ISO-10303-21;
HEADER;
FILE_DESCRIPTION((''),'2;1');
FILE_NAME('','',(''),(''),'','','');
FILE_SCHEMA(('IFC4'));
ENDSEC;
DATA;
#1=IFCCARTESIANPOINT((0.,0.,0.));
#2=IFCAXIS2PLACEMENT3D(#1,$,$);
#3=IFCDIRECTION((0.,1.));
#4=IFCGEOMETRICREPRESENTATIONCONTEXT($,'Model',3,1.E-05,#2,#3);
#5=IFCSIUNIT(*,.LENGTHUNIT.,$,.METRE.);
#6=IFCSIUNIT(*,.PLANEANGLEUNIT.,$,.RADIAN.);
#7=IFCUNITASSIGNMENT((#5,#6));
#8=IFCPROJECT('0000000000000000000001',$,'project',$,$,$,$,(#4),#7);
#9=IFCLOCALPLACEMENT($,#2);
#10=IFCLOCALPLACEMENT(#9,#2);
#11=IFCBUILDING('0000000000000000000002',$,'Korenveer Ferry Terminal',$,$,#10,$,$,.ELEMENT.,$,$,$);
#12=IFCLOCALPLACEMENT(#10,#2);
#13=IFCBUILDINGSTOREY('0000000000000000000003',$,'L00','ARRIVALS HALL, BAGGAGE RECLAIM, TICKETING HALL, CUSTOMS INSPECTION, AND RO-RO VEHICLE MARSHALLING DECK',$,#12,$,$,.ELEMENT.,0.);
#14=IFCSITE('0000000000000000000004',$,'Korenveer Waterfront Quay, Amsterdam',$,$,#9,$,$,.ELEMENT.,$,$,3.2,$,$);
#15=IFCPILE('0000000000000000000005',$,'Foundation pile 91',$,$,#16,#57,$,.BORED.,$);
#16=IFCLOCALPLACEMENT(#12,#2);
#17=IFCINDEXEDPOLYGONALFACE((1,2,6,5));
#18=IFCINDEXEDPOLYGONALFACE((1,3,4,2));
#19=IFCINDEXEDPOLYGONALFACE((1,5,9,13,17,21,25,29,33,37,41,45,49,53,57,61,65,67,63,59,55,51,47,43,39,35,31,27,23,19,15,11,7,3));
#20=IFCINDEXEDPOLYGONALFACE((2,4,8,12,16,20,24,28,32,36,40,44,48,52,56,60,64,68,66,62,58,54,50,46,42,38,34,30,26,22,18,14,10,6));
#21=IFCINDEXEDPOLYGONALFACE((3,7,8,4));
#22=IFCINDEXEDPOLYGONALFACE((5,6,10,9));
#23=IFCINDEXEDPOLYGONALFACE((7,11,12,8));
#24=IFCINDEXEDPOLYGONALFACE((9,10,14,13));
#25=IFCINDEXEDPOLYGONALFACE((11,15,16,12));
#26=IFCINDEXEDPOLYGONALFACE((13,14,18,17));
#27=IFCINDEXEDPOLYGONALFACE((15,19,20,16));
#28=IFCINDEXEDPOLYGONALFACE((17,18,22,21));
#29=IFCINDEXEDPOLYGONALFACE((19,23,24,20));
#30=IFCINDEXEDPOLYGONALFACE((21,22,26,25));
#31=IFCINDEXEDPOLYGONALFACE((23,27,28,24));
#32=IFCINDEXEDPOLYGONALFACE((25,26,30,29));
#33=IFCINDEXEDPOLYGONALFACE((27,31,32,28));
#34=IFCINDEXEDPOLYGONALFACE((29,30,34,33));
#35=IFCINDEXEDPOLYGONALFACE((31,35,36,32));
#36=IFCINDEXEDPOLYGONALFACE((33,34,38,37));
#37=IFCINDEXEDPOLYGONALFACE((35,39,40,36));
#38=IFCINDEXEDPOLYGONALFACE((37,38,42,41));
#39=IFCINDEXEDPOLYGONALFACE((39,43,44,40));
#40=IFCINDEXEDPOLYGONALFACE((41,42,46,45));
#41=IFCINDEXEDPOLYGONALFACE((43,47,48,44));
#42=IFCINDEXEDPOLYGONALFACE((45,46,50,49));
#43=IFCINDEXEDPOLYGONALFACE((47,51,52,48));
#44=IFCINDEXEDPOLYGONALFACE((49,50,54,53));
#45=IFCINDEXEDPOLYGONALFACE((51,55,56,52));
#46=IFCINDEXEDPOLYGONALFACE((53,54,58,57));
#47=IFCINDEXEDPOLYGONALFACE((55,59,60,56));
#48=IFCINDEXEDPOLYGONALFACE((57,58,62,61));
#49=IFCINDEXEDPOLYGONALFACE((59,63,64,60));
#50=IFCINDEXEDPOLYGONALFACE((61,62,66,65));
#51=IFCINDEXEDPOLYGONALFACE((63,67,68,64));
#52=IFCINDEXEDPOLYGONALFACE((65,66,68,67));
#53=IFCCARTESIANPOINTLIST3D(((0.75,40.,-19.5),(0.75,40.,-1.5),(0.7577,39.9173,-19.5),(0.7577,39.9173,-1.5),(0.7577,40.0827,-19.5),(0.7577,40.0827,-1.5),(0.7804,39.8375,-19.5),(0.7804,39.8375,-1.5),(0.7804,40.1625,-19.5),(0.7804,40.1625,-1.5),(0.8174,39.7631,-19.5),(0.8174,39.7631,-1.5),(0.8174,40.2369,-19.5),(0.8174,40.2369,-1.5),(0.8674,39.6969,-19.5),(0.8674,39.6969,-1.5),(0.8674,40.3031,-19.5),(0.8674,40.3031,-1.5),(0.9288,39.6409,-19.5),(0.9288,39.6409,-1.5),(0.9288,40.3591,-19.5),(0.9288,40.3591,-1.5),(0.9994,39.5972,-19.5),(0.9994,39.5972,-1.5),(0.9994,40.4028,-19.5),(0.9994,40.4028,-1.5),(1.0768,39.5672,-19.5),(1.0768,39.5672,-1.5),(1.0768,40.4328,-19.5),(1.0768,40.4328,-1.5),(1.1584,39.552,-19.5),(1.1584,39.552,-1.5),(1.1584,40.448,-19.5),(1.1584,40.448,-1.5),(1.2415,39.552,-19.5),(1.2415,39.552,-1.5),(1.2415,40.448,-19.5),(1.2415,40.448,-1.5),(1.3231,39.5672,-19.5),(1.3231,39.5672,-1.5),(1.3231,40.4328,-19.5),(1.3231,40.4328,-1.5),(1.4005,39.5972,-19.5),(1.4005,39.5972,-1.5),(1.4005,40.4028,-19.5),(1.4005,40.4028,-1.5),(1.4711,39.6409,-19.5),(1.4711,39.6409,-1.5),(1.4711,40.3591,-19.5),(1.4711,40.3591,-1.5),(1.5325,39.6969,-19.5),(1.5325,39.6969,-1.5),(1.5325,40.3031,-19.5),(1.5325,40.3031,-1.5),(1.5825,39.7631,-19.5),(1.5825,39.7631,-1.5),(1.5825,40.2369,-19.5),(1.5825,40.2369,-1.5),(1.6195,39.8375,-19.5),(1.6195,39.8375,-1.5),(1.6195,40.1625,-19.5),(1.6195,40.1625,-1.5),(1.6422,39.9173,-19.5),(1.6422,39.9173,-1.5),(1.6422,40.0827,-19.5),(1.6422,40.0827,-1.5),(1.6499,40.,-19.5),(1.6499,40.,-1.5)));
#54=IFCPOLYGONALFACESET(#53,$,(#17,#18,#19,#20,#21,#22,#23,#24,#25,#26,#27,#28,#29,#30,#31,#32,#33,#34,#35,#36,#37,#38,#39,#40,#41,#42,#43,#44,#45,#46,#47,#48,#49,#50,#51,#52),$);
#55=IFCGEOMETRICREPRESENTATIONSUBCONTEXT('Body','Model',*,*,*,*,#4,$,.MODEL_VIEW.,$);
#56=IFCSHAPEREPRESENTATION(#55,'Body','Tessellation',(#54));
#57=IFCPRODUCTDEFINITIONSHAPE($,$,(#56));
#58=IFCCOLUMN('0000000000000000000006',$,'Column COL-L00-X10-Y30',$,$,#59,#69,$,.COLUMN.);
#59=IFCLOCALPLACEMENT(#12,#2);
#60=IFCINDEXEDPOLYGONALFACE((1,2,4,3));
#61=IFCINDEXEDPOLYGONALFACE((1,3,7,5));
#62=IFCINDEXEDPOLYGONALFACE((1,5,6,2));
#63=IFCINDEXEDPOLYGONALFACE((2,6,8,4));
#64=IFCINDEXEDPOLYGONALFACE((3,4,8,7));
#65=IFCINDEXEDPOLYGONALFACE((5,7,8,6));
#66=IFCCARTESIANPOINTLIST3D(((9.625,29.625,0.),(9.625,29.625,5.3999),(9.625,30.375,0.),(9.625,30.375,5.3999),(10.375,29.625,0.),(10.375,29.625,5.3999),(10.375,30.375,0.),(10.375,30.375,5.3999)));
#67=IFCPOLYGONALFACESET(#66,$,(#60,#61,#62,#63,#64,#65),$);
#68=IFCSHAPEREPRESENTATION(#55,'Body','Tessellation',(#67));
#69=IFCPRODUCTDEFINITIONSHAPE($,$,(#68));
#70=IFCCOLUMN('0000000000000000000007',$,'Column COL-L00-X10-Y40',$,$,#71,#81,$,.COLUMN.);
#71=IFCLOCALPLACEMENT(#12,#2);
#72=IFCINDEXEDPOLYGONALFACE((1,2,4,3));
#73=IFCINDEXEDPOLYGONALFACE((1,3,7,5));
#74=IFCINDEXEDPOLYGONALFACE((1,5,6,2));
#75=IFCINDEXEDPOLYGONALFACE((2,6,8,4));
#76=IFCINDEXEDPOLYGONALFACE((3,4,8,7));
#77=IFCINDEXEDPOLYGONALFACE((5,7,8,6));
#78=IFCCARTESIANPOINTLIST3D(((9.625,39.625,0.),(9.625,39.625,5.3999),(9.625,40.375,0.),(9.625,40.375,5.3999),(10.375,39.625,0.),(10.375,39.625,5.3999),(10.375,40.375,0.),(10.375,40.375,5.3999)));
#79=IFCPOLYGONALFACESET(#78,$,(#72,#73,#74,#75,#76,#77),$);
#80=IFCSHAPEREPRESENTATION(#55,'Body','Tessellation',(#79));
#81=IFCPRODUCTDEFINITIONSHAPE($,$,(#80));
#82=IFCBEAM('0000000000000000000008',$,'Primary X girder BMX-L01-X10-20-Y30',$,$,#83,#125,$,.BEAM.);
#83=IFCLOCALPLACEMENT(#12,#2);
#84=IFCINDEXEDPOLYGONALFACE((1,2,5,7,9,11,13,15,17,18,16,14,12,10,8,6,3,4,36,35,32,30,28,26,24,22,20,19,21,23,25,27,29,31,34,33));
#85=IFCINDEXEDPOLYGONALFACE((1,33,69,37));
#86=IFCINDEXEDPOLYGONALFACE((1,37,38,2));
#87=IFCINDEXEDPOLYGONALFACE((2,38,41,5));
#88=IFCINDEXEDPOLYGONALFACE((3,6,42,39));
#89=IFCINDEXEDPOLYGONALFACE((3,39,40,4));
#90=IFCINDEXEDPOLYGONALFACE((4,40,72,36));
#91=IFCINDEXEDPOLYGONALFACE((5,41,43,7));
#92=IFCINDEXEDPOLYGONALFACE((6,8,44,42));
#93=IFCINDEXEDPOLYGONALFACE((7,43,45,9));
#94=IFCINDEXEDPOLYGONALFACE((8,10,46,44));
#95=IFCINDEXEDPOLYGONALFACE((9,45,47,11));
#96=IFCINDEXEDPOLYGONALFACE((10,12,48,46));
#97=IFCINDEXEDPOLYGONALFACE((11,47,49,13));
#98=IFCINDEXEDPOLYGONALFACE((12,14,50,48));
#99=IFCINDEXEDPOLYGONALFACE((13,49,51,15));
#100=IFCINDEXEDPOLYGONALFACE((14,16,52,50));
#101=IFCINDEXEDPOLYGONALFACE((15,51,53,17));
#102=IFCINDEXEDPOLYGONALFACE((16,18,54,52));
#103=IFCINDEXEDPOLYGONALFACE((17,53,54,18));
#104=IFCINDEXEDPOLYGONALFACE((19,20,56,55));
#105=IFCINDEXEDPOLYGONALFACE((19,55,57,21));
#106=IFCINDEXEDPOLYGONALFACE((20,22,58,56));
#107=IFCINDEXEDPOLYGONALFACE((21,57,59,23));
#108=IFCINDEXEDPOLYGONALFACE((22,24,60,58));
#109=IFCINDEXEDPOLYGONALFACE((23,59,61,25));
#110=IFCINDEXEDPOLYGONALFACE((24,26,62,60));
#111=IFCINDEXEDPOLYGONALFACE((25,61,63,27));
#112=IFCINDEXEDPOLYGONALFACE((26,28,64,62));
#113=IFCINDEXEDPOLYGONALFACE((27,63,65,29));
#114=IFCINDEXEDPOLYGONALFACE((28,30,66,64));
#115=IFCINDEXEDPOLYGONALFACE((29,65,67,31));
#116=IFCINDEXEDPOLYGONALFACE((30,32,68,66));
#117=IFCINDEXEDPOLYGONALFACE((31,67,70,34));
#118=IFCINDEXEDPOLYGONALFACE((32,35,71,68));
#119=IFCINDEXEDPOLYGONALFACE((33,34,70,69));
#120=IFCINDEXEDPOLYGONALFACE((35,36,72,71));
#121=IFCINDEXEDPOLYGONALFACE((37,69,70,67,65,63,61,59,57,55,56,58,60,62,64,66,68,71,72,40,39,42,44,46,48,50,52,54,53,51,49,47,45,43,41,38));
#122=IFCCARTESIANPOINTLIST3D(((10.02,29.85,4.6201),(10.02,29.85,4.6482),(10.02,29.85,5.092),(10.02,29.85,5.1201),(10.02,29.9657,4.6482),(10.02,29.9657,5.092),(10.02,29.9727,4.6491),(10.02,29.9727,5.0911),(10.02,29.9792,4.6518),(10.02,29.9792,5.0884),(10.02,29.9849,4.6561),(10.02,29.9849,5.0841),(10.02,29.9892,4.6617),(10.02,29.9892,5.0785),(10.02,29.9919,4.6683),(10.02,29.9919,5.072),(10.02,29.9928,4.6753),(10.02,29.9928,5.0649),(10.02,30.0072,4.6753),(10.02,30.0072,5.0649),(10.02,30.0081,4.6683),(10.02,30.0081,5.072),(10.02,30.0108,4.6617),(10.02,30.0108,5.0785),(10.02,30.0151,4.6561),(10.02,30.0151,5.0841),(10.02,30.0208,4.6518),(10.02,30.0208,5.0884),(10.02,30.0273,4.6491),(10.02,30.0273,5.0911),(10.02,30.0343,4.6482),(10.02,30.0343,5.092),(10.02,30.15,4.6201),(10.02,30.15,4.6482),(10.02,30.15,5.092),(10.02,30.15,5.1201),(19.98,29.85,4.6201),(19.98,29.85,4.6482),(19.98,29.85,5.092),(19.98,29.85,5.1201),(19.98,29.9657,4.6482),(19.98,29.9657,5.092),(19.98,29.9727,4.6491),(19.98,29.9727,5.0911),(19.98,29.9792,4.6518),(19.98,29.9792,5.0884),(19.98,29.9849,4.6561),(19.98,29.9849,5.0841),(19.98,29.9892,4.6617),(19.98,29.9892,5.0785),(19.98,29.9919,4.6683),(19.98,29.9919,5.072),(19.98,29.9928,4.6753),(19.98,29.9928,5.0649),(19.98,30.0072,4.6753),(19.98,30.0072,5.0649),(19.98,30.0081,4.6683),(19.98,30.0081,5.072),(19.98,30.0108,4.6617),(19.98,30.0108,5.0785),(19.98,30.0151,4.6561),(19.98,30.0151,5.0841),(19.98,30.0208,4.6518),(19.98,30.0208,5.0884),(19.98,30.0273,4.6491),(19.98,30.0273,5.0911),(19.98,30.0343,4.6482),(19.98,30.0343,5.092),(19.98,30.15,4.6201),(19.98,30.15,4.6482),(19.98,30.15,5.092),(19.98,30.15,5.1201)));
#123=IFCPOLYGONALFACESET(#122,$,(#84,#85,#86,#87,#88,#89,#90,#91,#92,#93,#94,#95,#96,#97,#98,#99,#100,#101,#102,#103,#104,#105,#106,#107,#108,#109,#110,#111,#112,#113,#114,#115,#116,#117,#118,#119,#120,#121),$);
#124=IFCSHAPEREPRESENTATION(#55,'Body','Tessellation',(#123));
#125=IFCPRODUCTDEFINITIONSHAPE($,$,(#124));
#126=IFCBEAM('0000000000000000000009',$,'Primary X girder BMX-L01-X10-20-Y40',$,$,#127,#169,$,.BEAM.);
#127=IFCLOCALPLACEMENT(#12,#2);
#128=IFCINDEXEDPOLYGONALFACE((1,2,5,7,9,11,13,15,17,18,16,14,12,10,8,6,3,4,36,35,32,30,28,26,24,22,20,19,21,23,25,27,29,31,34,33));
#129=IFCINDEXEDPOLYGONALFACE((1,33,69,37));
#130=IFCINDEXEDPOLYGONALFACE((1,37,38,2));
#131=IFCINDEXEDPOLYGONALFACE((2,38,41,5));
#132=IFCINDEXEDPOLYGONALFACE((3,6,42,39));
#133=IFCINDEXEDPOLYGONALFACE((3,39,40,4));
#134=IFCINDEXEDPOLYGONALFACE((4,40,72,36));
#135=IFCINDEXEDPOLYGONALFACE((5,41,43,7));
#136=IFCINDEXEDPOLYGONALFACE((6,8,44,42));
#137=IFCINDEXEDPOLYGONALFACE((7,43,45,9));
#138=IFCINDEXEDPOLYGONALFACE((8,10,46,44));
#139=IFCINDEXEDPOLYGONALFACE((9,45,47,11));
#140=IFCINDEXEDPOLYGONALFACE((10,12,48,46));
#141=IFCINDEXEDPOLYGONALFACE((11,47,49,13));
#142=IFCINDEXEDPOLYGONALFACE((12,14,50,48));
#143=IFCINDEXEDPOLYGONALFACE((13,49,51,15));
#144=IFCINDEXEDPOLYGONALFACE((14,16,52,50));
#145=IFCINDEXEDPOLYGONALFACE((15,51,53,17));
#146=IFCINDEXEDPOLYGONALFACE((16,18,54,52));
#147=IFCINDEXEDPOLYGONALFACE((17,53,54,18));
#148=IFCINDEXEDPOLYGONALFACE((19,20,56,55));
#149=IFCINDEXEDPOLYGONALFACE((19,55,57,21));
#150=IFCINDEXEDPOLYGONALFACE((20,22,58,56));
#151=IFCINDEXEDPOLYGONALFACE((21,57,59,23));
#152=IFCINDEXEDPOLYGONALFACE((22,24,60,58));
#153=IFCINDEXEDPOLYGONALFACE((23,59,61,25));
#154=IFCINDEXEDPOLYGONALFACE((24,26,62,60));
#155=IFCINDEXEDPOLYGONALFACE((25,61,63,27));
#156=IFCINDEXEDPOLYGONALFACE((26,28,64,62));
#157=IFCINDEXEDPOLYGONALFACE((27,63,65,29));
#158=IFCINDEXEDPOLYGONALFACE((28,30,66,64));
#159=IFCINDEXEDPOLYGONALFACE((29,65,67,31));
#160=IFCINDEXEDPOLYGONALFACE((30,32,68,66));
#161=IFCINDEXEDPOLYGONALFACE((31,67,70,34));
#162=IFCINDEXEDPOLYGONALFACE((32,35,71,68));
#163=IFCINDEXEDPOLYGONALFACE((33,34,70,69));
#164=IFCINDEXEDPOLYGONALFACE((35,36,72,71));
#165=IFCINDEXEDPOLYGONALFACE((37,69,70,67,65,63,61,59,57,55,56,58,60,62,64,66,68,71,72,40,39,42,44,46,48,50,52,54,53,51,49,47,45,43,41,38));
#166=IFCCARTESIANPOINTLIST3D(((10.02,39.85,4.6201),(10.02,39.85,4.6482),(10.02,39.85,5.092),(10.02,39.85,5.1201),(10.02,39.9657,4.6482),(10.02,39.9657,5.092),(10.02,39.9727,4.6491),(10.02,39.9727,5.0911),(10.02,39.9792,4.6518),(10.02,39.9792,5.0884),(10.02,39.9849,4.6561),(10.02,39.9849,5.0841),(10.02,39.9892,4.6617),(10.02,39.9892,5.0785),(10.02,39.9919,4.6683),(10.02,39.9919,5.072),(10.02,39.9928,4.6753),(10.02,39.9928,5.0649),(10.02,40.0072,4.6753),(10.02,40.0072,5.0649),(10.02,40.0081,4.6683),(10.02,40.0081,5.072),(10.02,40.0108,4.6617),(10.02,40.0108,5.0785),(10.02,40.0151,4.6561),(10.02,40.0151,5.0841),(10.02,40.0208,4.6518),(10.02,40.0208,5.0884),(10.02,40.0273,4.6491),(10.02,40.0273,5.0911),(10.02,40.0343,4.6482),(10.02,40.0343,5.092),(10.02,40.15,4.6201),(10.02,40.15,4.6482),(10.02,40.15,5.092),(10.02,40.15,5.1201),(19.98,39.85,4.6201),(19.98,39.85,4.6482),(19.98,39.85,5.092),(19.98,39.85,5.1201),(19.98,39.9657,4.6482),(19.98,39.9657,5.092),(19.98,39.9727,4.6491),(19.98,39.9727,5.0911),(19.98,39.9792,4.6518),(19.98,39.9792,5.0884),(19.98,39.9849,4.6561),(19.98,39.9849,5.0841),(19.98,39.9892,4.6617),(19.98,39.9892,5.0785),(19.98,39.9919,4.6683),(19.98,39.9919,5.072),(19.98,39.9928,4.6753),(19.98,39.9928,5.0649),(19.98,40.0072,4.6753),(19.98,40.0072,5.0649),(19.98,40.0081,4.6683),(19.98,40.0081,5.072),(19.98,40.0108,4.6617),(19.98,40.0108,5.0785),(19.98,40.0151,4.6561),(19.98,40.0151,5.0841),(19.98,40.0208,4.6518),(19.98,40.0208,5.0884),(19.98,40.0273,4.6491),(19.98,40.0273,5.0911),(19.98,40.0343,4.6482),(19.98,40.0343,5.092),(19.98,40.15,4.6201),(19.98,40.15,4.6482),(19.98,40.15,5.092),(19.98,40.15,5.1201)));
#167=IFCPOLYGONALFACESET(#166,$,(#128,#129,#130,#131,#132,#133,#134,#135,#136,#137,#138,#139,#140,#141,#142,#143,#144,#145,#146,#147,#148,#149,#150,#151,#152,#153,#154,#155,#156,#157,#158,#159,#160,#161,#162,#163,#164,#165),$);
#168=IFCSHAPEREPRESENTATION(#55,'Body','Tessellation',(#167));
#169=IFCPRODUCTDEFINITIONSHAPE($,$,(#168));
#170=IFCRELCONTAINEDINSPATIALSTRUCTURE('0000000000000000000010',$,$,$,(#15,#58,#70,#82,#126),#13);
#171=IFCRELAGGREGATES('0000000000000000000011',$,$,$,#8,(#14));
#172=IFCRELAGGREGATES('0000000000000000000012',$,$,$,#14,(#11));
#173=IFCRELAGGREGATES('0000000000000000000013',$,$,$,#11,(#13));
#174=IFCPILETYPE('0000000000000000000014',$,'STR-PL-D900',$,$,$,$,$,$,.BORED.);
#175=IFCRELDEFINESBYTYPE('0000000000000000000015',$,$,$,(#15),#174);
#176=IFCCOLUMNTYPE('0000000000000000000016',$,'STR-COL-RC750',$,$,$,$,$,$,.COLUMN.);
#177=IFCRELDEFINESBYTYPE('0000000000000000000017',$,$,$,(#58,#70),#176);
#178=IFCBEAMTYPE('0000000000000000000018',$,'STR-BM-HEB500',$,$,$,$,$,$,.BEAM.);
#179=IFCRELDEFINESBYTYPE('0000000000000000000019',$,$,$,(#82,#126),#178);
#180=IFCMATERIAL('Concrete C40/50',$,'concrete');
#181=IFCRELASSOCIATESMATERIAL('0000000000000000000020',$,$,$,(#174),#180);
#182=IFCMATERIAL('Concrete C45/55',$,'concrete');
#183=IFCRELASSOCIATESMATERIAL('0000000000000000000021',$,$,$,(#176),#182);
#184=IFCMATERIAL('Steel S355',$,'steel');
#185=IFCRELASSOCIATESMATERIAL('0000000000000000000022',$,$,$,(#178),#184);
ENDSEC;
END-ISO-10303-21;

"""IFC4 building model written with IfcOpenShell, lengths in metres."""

from ifc_helpers import new_model, si_unit, direction, frame, origin, origin_2d, place, context, subcontext, project, spatial, rectangle, circle, i_section, extrude, material, material_profile, profile_set, type_object, element, save


model = new_model("IFC4")

# Units and contexts
model_context = context("Model", 3, precision=1e-05, world=origin(), true_north=direction((0.0, 1.0)))
body_context = subcontext(model_context, "Body", "Model", "MODEL_VIEW")
ifc_project = project(units=[si_unit("LENGTHUNIT", "METRE"), si_unit("PLANEANGLEUNIT", "RADIAN")], contexts=[model_context])

# Site, building, storey
site_placement = place(None, origin())
site = spatial("IfcSite", under=ifc_project, at=site_placement, Name="Korenveer Waterfront Quay, Amsterdam", CompositionType="ELEMENT", RefElevation=3.2)
building_placement = place(site_placement, origin())
building = spatial("IfcBuilding", under=site, at=building_placement, Name="Korenveer Ferry Terminal", CompositionType="ELEMENT")
storey_placement = place(building_placement, origin())
storey = spatial("IfcBuildingStorey", under=building, at=storey_placement, Name="L00", Description="ARRIVALS HALL, BAGGAGE RECLAIM, TICKETING HALL, CUSTOMS INSPECTION, AND RO-RO VEHICLE MARSHALLING DECK", CompositionType="ELEMENT", Elevation=0.0)

# Shared definitions
ifc_material_1 = material(Name="Concrete C40/50", Category="concrete")
ifc_material_2 = material(Name="Concrete C45/55", Category="concrete")

# Pile
ifc_material_profile_1 = material_profile(ifc_material_1, circle(Radius=0.45, at=origin_2d()), Name="PILE D900")
ifc_profile_set_1 = profile_set([ifc_material_profile_1], Name="Concrete C40/50")
pile_type_1 = type_object("IfcPileType", Name="STR-PL-D900", PredefinedType="BORED", material=ifc_profile_set_1)
for number, where, z_axis, x_axis, name in (
    (1, (1.2, 40.0, -1.5), (0.0, 0.0, -1.0), (1.0, 0.0, 0.0), "Foundation pile 91"),
):
    element("IfcPile", number, at=place(storey_placement, frame(where, z_axis=z_axis, x_axis=x_axis)), inside=storey, type_object=pile_type_1, Name=name, PredefinedType="BORED", context=body_context, shape_type="SweptSolid", body=[
        extrude(circle(Radius=0.45, at=origin_2d()), origin(), (0.0, 0.0, 1.0), 18.0),
    ])

# Columns
ifc_material_profile_2 = material_profile(ifc_material_2, rectangle(XDim=0.75, YDim=0.75, at=origin_2d()), Name="RC 750x750")
ifc_profile_set_2 = profile_set([ifc_material_profile_2], Name="Concrete C45/55")
column_type = type_object("IfcColumnType", Name="STR-COL-RC750", PredefinedType="COLUMN", material=ifc_profile_set_2)
for number, where, z_axis, x_axis, name in (
    (2, (10.0, 30.0, 0.0), (0.0, 0.0, 1.0), (1.0, 0.0, 0.0), "Column COL-L00-X10-Y30"),
    (3, (10.0, 40.0, 0.0), (0.0, 0.0, 1.0), (1.0, 0.0, 0.0), "Column COL-L00-X10-Y40"),
):
    element("IfcColumn", number, at=place(storey_placement, frame(where, z_axis=z_axis, x_axis=x_axis)), inside=storey, type_object=column_type, Name=name, PredefinedType="COLUMN", context=body_context, shape_type="SweptSolid", body=[
        extrude(rectangle(XDim=0.75, YDim=0.75, at=origin_2d()), origin(), (0.0, 0.0, 1.0), 5.3999),
    ])

# Beams
ifc_material_3 = material(Name="Steel S355", Category="steel")
ifc_material_profile_3 = material_profile(ifc_material_3, i_section(OverallWidth=0.3, OverallDepth=0.5, WebThickness=0.0144, FlangeThickness=0.0281, FilletRadius=0.0271, at=origin_2d()), Name="HEB 500")
ifc_profile_set_3 = profile_set([ifc_material_profile_3], Name="Steel S355")
beam_type_1 = type_object("IfcBeamType", Name="STR-BM-HEB500", PredefinedType="BEAM", material=ifc_profile_set_3)
for number, where, z_axis, x_axis, name in (
    (4, (10.02, 30.0, 4.8701), (1.0, 0.0, 0.0), (0.0, 1.0, 0.0), "Primary X girder BMX-L01-X10-20-Y30"),
    (5, (10.02, 40.0, 4.8701), (1.0, 0.0, 0.0), (0.0, 1.0, 0.0), "Primary X girder BMX-L01-X10-20-Y40"),
):
    element("IfcBeam", number, at=place(storey_placement, frame(where, z_axis=z_axis, x_axis=x_axis)), inside=storey, type_object=beam_type_1, Name=name, PredefinedType="BEAM", context=body_context, shape_type="SweptSolid", body=[
        extrude(i_section(OverallWidth=0.3, OverallDepth=0.5, WebThickness=0.0144, FlangeThickness=0.0281, FilletRadius=0.0271, at=origin_2d()), origin(), (0.0, 0.0, 1.0), 9.96),
    ])

save(model, "model.ifc")
